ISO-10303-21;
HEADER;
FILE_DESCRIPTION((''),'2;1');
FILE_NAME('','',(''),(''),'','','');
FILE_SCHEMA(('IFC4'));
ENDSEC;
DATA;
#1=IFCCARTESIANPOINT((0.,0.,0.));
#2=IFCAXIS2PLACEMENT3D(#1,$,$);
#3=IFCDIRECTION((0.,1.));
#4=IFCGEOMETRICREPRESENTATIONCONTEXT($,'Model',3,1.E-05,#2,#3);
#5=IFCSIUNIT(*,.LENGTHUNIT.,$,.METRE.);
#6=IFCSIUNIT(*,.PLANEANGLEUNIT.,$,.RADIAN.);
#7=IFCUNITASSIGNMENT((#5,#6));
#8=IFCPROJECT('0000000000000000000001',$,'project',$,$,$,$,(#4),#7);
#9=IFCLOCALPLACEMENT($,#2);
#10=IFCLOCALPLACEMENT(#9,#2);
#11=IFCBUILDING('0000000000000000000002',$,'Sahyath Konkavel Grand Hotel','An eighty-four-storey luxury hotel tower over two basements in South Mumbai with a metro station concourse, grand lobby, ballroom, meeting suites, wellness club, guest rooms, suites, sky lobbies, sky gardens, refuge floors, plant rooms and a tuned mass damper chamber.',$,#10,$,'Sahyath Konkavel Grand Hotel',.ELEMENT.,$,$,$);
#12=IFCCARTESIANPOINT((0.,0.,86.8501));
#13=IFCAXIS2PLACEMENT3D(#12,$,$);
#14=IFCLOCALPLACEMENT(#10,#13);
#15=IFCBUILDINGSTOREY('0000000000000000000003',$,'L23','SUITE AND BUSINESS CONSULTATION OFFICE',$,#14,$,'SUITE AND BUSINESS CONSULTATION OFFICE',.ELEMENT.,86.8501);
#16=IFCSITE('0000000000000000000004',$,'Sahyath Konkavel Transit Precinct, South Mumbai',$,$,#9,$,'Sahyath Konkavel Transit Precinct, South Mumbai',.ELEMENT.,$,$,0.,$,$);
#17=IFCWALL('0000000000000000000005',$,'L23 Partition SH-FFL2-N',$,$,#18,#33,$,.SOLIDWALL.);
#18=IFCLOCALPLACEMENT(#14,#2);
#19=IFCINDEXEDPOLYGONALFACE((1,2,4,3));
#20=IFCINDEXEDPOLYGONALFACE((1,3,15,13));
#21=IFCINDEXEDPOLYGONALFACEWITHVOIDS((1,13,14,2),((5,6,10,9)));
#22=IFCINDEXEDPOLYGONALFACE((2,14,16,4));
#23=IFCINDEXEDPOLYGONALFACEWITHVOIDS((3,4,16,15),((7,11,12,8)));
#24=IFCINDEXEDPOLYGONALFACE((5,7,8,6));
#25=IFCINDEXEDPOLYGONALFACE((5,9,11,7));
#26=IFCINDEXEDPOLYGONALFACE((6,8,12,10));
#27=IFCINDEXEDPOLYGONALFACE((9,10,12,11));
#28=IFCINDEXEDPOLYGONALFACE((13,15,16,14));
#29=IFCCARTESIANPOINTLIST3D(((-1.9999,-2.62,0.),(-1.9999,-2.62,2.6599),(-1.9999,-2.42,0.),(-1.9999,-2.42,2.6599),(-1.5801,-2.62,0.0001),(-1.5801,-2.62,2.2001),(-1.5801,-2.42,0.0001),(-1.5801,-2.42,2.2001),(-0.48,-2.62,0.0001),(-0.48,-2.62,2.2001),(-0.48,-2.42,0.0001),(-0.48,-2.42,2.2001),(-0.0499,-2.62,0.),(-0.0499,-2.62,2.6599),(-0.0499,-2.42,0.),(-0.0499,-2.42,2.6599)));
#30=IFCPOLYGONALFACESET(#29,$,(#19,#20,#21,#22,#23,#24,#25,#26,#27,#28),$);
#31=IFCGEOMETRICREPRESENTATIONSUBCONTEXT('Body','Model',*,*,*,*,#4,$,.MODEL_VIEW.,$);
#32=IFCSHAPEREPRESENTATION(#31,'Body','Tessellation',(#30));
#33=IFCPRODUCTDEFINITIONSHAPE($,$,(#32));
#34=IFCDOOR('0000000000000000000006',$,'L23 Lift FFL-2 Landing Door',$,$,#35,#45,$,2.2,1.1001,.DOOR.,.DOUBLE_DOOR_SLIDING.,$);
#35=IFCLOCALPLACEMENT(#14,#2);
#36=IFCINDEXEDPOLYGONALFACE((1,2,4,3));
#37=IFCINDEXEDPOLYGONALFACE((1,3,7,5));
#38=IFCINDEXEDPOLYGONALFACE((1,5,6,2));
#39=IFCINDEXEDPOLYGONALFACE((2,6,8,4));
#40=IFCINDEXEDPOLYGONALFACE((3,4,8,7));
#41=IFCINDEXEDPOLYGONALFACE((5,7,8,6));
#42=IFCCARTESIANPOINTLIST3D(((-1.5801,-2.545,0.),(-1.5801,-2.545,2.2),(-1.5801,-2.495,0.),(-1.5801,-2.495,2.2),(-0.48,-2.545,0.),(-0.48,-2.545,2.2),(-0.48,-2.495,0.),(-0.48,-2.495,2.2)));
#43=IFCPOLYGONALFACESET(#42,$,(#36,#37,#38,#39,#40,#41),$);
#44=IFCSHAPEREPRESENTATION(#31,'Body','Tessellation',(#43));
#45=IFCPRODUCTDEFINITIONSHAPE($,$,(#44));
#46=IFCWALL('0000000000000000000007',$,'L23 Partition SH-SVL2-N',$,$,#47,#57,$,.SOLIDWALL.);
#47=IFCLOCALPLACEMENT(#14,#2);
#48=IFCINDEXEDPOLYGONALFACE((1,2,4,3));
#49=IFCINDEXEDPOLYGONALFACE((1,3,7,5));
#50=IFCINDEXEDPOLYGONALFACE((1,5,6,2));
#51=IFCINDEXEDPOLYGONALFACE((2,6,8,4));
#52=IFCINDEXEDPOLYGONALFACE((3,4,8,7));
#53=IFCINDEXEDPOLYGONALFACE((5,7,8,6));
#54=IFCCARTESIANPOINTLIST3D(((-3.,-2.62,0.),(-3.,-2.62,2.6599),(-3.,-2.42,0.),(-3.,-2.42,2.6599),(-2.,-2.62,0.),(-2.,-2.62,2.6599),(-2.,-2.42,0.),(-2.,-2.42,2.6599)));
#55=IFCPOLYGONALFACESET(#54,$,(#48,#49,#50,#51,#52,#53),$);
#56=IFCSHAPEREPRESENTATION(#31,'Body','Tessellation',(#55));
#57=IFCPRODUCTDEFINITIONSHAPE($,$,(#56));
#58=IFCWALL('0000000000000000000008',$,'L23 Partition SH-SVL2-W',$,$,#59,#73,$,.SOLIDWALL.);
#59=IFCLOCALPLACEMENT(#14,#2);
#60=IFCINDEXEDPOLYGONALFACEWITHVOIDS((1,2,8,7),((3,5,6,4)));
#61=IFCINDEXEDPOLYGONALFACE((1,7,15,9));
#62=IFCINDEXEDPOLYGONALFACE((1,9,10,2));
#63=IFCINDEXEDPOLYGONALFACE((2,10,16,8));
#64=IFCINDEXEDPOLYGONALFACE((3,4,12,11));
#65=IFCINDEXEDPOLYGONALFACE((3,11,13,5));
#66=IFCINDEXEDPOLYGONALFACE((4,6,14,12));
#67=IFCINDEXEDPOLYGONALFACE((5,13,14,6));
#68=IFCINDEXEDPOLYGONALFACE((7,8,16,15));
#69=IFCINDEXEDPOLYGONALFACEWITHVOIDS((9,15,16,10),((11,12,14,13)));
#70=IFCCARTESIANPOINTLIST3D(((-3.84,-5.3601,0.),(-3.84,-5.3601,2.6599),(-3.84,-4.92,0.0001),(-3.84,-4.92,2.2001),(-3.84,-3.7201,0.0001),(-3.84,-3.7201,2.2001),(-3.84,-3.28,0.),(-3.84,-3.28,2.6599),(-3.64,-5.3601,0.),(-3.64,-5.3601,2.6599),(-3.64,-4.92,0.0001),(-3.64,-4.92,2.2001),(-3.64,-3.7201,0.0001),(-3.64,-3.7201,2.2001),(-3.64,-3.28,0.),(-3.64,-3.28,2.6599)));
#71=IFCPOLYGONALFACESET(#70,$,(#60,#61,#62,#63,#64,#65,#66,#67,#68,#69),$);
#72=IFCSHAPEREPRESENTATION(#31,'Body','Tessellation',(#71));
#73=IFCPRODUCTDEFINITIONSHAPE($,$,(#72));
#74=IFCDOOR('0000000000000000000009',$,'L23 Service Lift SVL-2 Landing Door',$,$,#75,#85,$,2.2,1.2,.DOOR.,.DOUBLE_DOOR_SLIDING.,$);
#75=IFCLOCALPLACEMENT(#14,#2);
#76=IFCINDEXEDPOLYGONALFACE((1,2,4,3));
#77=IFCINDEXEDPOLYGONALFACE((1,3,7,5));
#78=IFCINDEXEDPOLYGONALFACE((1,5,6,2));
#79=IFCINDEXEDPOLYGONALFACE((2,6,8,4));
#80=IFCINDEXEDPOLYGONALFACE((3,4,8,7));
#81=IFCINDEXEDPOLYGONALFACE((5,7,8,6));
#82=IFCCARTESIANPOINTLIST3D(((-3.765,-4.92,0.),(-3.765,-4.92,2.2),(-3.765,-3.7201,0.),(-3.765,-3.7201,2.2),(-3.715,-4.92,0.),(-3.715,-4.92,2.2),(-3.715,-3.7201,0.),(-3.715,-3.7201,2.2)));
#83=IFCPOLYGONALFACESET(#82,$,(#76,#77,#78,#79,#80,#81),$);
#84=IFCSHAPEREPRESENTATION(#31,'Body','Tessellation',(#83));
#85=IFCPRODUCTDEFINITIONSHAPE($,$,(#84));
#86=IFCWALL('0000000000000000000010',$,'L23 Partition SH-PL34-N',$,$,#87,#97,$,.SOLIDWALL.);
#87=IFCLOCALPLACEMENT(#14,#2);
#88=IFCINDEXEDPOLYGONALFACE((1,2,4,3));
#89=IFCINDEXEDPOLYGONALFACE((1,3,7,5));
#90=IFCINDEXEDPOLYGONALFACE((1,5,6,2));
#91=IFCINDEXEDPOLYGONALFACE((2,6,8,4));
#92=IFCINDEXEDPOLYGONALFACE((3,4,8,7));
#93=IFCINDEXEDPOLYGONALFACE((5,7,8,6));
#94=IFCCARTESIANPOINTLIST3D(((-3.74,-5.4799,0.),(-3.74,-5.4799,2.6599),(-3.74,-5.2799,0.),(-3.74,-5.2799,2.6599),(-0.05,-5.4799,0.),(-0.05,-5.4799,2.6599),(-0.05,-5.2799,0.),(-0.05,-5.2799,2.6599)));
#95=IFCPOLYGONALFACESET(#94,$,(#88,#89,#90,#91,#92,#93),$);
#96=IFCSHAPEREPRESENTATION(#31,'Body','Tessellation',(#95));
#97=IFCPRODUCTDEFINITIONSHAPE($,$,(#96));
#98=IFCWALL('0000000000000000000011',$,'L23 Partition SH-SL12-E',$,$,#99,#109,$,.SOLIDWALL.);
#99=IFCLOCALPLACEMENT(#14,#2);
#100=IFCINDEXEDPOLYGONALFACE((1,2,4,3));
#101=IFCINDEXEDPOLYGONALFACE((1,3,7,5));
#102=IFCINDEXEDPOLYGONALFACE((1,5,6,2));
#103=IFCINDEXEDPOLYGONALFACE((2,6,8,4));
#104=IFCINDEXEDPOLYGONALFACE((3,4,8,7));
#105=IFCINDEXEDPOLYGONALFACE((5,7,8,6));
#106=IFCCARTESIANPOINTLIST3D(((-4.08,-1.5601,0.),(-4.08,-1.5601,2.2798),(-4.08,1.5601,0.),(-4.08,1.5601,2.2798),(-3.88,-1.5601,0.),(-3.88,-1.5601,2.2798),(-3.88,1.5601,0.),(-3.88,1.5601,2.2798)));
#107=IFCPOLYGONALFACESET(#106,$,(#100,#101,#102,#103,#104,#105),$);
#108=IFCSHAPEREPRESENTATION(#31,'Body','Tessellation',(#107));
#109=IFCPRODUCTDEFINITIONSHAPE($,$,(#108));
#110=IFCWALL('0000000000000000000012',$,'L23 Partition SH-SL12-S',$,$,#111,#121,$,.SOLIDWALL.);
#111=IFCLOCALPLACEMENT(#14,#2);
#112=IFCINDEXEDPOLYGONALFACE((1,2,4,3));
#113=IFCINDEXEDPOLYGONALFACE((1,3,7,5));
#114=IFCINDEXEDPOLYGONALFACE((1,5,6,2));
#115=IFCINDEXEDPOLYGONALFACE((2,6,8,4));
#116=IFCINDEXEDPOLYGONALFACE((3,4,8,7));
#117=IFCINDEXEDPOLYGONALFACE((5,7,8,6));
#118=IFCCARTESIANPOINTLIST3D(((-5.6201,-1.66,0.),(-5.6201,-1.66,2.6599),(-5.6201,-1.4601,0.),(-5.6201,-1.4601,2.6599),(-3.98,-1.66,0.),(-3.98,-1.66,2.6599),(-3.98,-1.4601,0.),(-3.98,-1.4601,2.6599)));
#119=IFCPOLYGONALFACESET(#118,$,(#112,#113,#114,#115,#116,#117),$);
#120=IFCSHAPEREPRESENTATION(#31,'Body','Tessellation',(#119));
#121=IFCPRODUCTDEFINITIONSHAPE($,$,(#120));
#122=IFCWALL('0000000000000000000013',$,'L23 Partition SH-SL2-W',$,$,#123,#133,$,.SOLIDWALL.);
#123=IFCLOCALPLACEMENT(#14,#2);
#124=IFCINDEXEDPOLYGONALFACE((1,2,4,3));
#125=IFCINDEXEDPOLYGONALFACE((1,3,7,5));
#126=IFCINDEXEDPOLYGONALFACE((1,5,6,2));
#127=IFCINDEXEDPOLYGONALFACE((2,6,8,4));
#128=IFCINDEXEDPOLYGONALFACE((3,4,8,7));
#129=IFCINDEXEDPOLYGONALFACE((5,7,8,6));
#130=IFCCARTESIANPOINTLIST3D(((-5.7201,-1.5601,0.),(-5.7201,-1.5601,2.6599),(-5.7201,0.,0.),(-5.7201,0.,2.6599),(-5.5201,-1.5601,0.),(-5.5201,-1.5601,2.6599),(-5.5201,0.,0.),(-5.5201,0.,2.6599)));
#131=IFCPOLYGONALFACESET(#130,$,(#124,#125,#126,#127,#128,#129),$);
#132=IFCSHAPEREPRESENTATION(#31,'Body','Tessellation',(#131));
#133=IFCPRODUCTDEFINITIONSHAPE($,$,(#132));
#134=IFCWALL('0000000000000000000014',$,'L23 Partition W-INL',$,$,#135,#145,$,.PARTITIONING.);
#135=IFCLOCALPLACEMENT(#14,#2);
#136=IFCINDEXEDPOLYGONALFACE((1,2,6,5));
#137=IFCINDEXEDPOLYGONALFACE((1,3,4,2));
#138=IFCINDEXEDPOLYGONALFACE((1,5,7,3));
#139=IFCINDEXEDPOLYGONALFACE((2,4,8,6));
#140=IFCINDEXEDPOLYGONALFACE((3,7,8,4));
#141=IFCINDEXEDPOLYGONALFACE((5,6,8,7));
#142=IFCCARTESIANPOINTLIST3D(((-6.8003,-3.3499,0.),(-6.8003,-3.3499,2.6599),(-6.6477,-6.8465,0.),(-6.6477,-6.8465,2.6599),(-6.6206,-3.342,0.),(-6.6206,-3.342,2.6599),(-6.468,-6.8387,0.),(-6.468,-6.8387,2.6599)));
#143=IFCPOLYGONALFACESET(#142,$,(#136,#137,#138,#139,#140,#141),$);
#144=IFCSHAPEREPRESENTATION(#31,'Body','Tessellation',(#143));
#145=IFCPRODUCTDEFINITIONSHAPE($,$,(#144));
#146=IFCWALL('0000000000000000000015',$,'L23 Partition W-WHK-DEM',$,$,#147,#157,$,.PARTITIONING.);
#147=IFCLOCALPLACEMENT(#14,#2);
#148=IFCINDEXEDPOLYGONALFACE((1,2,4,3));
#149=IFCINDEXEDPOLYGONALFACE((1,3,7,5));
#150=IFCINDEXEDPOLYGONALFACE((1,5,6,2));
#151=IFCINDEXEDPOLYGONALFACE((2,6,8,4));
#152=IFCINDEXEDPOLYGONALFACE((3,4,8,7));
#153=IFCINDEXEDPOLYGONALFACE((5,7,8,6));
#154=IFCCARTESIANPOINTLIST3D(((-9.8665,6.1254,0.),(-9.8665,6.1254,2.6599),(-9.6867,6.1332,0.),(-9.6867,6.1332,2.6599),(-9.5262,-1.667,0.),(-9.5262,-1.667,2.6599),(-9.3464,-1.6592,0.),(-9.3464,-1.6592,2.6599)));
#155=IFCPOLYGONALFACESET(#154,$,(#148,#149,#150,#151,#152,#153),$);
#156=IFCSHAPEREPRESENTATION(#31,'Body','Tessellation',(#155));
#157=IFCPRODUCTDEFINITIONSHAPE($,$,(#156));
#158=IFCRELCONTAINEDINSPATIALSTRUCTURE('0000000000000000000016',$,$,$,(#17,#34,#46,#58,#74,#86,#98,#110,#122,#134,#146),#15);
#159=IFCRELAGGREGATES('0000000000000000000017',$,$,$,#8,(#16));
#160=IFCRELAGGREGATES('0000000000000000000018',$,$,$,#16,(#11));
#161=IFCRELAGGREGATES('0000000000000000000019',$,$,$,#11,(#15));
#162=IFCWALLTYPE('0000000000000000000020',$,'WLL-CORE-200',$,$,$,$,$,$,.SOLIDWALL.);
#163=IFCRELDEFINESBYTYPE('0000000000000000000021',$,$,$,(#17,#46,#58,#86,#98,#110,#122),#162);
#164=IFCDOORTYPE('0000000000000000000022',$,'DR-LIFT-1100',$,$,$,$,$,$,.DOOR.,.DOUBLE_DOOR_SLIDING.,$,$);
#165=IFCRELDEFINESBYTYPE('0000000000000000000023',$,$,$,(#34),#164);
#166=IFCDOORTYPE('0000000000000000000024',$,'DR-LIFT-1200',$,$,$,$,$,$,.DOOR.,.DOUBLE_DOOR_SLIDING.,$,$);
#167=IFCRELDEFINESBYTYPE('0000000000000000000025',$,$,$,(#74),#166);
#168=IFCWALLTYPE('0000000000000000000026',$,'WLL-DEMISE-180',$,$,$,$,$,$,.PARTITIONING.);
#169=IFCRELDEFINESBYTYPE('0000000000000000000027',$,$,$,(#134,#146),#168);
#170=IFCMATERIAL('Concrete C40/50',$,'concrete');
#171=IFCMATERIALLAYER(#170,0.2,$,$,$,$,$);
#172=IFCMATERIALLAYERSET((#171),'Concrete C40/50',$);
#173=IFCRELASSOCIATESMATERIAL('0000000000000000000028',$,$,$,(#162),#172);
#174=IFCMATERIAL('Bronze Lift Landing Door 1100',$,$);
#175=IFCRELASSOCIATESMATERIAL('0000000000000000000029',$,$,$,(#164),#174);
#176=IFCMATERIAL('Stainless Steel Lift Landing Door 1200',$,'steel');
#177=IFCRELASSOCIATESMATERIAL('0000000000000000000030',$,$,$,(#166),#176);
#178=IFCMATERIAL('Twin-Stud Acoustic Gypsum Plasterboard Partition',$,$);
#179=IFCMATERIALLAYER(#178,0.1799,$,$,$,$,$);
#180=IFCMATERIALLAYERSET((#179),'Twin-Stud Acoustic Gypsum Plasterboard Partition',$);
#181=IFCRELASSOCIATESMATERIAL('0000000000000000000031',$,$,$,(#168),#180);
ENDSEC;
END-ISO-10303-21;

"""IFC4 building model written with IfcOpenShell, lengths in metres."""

from ifc_helpers import new_model, si_unit, direction, frame, frame_2d, origin, origin_2d, place, context, subcontext, project, spatial, rectangle, extrude, source, transform, mapped, material, layer, layer_set, type_object, element, fill, save


model = new_model("IFC4")

# Units and contexts
model_context = context("Model", 3, precision=1e-05, world=origin(), true_north=direction((0.0, 1.0)))
body_context = subcontext(model_context, "Body", "Model", "MODEL_VIEW")
ifc_project = project(units=[si_unit("LENGTHUNIT", "METRE"), si_unit("PLANEANGLEUNIT", "RADIAN")], contexts=[model_context])

# Site, building, storey
site_placement = place(None, origin())
site = spatial("IfcSite", under=ifc_project, at=site_placement, Name="Sahyath Konkavel Transit Precinct, South Mumbai", LongName="Sahyath Konkavel Transit Precinct, South Mumbai", CompositionType="ELEMENT", RefElevation=0.0)
building_placement = place(site_placement, origin())
building = spatial("IfcBuilding", under=site, at=building_placement, Name="Sahyath Konkavel Grand Hotel", Description="An eighty-four-storey luxury hotel tower over two basements in South Mumbai with a metro station concourse, grand lobby, ballroom, meeting suites, wellness club, guest rooms, suites, sky lobbies, sky gardens, refuge floors, plant rooms and a tuned mass damper chamber.", LongName="Sahyath Konkavel Grand Hotel", CompositionType="ELEMENT")
storey_placement = place(building_placement, frame((0.0, 0.0, 86.8501)))
storey = spatial("IfcBuildingStorey", under=building, at=storey_placement, Name="L23", Description="SUITE AND BUSINESS CONSULTATION OFFICE", LongName="SUITE AND BUSINESS CONSULTATION OFFICE", CompositionType="ELEMENT", Elevation=86.8501)

# Shared definitions
ifc_material_1 = material(Name="Concrete C40/50", Category="concrete")
ifc_layer_1 = layer(ifc_material_1, 0.2)
ifc_layer_set_1 = layer_set([ifc_layer_1], Name="Concrete C40/50")
wall_type_1 = type_object("IfcWallType", Name="WLL-CORE-200", PredefinedType="SOLIDWALL", material=ifc_layer_set_1)

# Wall, opening, door
wall_1_placement = place(storey_placement, frame((-2.0, -2.52, 0.0), z_axis=(0.0, 0.0, 1.0), x_axis=(1.0, 0.0, 0.0)))
wall_1 = element("IfcWall", 1, at=wall_1_placement, inside=storey, type_object=wall_type_1, Name="L23 Partition SH-FFL2-N", PredefinedType="SOLIDWALL", context=body_context, shape_type="SweptSolid", body=[
    extrude(rectangle(XDim=1.95, YDim=0.2, at=frame_2d((0.9751, 0.0))), origin(), (0.0, 0.0, 1.0), 2.6599),
])
opening_1_placement = place(wall_1_placement, frame((0.4199, 0.0, 0.0)))
opening_1 = element("IfcOpeningElement", 2, at=opening_1_placement, cuts=wall_1, PredefinedType="OPENING", context=body_context, shape_type="SweptSolid", body=[
    extrude(rectangle(XDim=1.1001, YDim=2.2, at=frame_2d((0.55, 1.1001))), frame((0.0, 0.1099, 0.0), z_axis=(0.0, -1.0, 0.0), x_axis=(1.0, 0.0, 0.0)), (0.0, 0.0, 1.0), 0.22),
])
ifc_material_2 = material(Name="Bronze Lift Landing Door 1100")
door_type_1 = type_object("IfcDoorType", Name="DR-LIFT-1100", OperationType="DOUBLE_DOOR_SLIDING", PredefinedType="DOOR", material=ifc_material_2)
shared_shape_1 = source(origin(), body_context, "Body", "SweptSolid", [
    extrude(rectangle(XDim=1.1001, YDim=0.05, at=origin_2d()), origin(), (0.0, 0.0, 1.0), 2.2),
])
door_1_placement = place(opening_1_placement, frame((0.55, 0.0, 0.0)))
door_1 = element("IfcDoor", 3, at=door_1_placement, inside=storey, type_object=door_type_1, Name="L23 Lift FFL-2 Landing Door", OperationType="DOUBLE_DOOR_SLIDING", OverallHeight=2.2, OverallWidth=1.1001, PredefinedType="DOOR", context=body_context, shape_type="MappedRepresentation", body=[
    mapped(shared_shape_1, transform((0.0, 0.0, 0.0), scale=1.0)),
])
fill(opening_1, door_1)

# Wall
wall_2_placement = place(storey_placement, frame((-3.0, -2.52, 0.0), z_axis=(0.0, 0.0, 1.0), x_axis=(1.0, 0.0, 0.0)))
element("IfcWall", 4, at=wall_2_placement, inside=storey, type_object=wall_type_1, Name="L23 Partition SH-SVL2-N", PredefinedType="SOLIDWALL", context=body_context, shape_type="SweptSolid", body=[
    extrude(rectangle(XDim=1.0, YDim=0.2, at=frame_2d((0.5, 0.0))), origin(), (0.0, 0.0, 1.0), 2.6599),
])

# Wall, opening, door
wall_3_placement = place(storey_placement, frame((-3.74, -5.3601, 0.0), z_axis=(0.0, 0.0, 1.0), x_axis=(0.0, 1.0, 0.0)))
wall_3 = element("IfcWall", 5, at=wall_3_placement, inside=storey, type_object=wall_type_1, Name="L23 Partition SH-SVL2-W", PredefinedType="SOLIDWALL", context=body_context, shape_type="SweptSolid", body=[
    extrude(rectangle(XDim=2.0801, YDim=0.2, at=frame_2d((1.04, 0.0))), origin(), (0.0, 0.0, 1.0), 2.6599),
])
opening_2_placement = place(wall_3_placement, frame((0.4399, 0.0, 0.0)))
opening_2 = element("IfcOpeningElement", 6, at=opening_2_placement, cuts=wall_3, PredefinedType="OPENING", context=body_context, shape_type="SweptSolid", body=[
    extrude(rectangle(XDim=1.2, YDim=2.2, at=frame_2d((0.6001, 1.1001))), frame((0.0, 0.1099, 0.0), z_axis=(0.0, -1.0, 0.0), x_axis=(1.0, 0.0, 0.0)), (0.0, 0.0, 1.0), 0.22),
])
ifc_material_3 = material(Name="Stainless Steel Lift Landing Door 1200", Category="steel")
door_type_2 = type_object("IfcDoorType", Name="DR-LIFT-1200", OperationType="DOUBLE_DOOR_SLIDING", PredefinedType="DOOR", material=ifc_material_3)
shared_shape_2 = source(origin(), body_context, "Body", "SweptSolid", [
    extrude(rectangle(XDim=1.2, YDim=0.05, at=origin_2d()), origin(), (0.0, 0.0, 1.0), 2.2),
])
door_2_placement = place(opening_2_placement, frame((0.6001, 0.0, 0.0)))
door_2 = element("IfcDoor", 7, at=door_2_placement, inside=storey, type_object=door_type_2, Name="L23 Service Lift SVL-2 Landing Door", OperationType="DOUBLE_DOOR_SLIDING", OverallHeight=2.2, OverallWidth=1.2, PredefinedType="DOOR", context=body_context, shape_type="MappedRepresentation", body=[
    mapped(shared_shape_2, transform((0.0, 0.0, 0.0), scale=1.0)),
])
fill(opening_2, door_2)

# Walls
wall_4_placement = place(storey_placement, frame((-3.74, -5.3799, 0.0), z_axis=(0.0, 0.0, 1.0), x_axis=(1.0, 0.0, 0.0)))
element("IfcWall", 8, at=wall_4_placement, inside=storey, type_object=wall_type_1, Name="L23 Partition SH-PL34-N", PredefinedType="SOLIDWALL", context=body_context, shape_type="SweptSolid", body=[
    extrude(rectangle(XDim=3.6899, YDim=0.2, at=frame_2d((1.845, 0.0))), origin(), (0.0, 0.0, 1.0), 2.6599),
])
wall_5_placement = place(storey_placement, frame((-3.98, -1.5601, 0.0), z_axis=(0.0, 0.0, 1.0), x_axis=(0.0, 1.0, 0.0)))
element("IfcWall", 9, at=wall_5_placement, inside=storey, type_object=wall_type_1, Name="L23 Partition SH-SL12-E", PredefinedType="SOLIDWALL", context=body_context, shape_type="SweptSolid", body=[
    extrude(rectangle(XDim=3.1201, YDim=0.2, at=frame_2d((1.5601, 0.0))), origin(), (0.0, 0.0, 1.0), 2.2798),
])
wall_6_placement = place(storey_placement, frame((-5.6201, -1.5601, 0.0), z_axis=(0.0, 0.0, 1.0), x_axis=(1.0, 0.0, 0.0)))
element("IfcWall", 10, at=wall_6_placement, inside=storey, type_object=wall_type_1, Name="L23 Partition SH-SL12-S", PredefinedType="SOLIDWALL", context=body_context, shape_type="SweptSolid", body=[
    extrude(rectangle(XDim=1.6401, YDim=0.2, at=frame_2d((0.8201, 0.0))), origin(), (0.0, 0.0, 1.0), 2.6599),
])
wall_7_placement = place(storey_placement, frame((-5.6201, -1.5601, 0.0), z_axis=(0.0, 0.0, 1.0), x_axis=(0.0, 1.0, 0.0)))
element("IfcWall", 11, at=wall_7_placement, inside=storey, type_object=wall_type_1, Name="L23 Partition SH-SL2-W", PredefinedType="SOLIDWALL", context=body_context, shape_type="SweptSolid", body=[
    extrude(rectangle(XDim=1.5601, YDim=0.2, at=frame_2d((0.78, 0.0))), origin(), (0.0, 0.0, 1.0), 2.6599),
])
ifc_material_4 = material(Name="Twin-Stud Acoustic Gypsum Plasterboard Partition")
ifc_layer_2 = layer(ifc_material_4, 0.1799)
ifc_layer_set_2 = layer_set([ifc_layer_2], Name="Twin-Stud Acoustic Gypsum Plasterboard Partition")
wall_type_2 = type_object("IfcWallType", Name="WLL-DEMISE-180", PredefinedType="PARTITIONING", material=ifc_layer_set_2)
wall_8_placement = place(storey_placement, frame((-6.7104, -3.3459, 0.0), z_axis=(0.0, 0.0, 1.0), x_axis=(0.043598, -0.999049, 0.0)))
element("IfcWall", 12, at=wall_8_placement, inside=storey, type_object=wall_type_2, Name="L23 Partition W-INL", PredefinedType="PARTITIONING", context=body_context, shape_type="SweptSolid", body=[
    extrude(rectangle(XDim=3.5, YDim=0.1799, at=frame_2d((1.75, 0.0))), origin(), (0.0, 0.0, 1.0), 2.6599),
])
wall_9_placement = place(storey_placement, frame((-9.4363, -1.6631, 0.0), z_axis=(0.0, 0.0, 1.0), x_axis=(-0.043633, 0.999048, 0.0)))
element("IfcWall", 13, at=wall_9_placement, inside=storey, type_object=wall_type_2, Name="L23 Partition W-WHK-DEM", PredefinedType="PARTITIONING", context=body_context, shape_type="SweptSolid", body=[
    extrude(rectangle(XDim=7.7998, YDim=0.1799, at=frame_2d((3.8999, 0.0))), origin(), (0.0, 0.0, 1.0), 2.6599),
])

save(model, "model.ifc")
